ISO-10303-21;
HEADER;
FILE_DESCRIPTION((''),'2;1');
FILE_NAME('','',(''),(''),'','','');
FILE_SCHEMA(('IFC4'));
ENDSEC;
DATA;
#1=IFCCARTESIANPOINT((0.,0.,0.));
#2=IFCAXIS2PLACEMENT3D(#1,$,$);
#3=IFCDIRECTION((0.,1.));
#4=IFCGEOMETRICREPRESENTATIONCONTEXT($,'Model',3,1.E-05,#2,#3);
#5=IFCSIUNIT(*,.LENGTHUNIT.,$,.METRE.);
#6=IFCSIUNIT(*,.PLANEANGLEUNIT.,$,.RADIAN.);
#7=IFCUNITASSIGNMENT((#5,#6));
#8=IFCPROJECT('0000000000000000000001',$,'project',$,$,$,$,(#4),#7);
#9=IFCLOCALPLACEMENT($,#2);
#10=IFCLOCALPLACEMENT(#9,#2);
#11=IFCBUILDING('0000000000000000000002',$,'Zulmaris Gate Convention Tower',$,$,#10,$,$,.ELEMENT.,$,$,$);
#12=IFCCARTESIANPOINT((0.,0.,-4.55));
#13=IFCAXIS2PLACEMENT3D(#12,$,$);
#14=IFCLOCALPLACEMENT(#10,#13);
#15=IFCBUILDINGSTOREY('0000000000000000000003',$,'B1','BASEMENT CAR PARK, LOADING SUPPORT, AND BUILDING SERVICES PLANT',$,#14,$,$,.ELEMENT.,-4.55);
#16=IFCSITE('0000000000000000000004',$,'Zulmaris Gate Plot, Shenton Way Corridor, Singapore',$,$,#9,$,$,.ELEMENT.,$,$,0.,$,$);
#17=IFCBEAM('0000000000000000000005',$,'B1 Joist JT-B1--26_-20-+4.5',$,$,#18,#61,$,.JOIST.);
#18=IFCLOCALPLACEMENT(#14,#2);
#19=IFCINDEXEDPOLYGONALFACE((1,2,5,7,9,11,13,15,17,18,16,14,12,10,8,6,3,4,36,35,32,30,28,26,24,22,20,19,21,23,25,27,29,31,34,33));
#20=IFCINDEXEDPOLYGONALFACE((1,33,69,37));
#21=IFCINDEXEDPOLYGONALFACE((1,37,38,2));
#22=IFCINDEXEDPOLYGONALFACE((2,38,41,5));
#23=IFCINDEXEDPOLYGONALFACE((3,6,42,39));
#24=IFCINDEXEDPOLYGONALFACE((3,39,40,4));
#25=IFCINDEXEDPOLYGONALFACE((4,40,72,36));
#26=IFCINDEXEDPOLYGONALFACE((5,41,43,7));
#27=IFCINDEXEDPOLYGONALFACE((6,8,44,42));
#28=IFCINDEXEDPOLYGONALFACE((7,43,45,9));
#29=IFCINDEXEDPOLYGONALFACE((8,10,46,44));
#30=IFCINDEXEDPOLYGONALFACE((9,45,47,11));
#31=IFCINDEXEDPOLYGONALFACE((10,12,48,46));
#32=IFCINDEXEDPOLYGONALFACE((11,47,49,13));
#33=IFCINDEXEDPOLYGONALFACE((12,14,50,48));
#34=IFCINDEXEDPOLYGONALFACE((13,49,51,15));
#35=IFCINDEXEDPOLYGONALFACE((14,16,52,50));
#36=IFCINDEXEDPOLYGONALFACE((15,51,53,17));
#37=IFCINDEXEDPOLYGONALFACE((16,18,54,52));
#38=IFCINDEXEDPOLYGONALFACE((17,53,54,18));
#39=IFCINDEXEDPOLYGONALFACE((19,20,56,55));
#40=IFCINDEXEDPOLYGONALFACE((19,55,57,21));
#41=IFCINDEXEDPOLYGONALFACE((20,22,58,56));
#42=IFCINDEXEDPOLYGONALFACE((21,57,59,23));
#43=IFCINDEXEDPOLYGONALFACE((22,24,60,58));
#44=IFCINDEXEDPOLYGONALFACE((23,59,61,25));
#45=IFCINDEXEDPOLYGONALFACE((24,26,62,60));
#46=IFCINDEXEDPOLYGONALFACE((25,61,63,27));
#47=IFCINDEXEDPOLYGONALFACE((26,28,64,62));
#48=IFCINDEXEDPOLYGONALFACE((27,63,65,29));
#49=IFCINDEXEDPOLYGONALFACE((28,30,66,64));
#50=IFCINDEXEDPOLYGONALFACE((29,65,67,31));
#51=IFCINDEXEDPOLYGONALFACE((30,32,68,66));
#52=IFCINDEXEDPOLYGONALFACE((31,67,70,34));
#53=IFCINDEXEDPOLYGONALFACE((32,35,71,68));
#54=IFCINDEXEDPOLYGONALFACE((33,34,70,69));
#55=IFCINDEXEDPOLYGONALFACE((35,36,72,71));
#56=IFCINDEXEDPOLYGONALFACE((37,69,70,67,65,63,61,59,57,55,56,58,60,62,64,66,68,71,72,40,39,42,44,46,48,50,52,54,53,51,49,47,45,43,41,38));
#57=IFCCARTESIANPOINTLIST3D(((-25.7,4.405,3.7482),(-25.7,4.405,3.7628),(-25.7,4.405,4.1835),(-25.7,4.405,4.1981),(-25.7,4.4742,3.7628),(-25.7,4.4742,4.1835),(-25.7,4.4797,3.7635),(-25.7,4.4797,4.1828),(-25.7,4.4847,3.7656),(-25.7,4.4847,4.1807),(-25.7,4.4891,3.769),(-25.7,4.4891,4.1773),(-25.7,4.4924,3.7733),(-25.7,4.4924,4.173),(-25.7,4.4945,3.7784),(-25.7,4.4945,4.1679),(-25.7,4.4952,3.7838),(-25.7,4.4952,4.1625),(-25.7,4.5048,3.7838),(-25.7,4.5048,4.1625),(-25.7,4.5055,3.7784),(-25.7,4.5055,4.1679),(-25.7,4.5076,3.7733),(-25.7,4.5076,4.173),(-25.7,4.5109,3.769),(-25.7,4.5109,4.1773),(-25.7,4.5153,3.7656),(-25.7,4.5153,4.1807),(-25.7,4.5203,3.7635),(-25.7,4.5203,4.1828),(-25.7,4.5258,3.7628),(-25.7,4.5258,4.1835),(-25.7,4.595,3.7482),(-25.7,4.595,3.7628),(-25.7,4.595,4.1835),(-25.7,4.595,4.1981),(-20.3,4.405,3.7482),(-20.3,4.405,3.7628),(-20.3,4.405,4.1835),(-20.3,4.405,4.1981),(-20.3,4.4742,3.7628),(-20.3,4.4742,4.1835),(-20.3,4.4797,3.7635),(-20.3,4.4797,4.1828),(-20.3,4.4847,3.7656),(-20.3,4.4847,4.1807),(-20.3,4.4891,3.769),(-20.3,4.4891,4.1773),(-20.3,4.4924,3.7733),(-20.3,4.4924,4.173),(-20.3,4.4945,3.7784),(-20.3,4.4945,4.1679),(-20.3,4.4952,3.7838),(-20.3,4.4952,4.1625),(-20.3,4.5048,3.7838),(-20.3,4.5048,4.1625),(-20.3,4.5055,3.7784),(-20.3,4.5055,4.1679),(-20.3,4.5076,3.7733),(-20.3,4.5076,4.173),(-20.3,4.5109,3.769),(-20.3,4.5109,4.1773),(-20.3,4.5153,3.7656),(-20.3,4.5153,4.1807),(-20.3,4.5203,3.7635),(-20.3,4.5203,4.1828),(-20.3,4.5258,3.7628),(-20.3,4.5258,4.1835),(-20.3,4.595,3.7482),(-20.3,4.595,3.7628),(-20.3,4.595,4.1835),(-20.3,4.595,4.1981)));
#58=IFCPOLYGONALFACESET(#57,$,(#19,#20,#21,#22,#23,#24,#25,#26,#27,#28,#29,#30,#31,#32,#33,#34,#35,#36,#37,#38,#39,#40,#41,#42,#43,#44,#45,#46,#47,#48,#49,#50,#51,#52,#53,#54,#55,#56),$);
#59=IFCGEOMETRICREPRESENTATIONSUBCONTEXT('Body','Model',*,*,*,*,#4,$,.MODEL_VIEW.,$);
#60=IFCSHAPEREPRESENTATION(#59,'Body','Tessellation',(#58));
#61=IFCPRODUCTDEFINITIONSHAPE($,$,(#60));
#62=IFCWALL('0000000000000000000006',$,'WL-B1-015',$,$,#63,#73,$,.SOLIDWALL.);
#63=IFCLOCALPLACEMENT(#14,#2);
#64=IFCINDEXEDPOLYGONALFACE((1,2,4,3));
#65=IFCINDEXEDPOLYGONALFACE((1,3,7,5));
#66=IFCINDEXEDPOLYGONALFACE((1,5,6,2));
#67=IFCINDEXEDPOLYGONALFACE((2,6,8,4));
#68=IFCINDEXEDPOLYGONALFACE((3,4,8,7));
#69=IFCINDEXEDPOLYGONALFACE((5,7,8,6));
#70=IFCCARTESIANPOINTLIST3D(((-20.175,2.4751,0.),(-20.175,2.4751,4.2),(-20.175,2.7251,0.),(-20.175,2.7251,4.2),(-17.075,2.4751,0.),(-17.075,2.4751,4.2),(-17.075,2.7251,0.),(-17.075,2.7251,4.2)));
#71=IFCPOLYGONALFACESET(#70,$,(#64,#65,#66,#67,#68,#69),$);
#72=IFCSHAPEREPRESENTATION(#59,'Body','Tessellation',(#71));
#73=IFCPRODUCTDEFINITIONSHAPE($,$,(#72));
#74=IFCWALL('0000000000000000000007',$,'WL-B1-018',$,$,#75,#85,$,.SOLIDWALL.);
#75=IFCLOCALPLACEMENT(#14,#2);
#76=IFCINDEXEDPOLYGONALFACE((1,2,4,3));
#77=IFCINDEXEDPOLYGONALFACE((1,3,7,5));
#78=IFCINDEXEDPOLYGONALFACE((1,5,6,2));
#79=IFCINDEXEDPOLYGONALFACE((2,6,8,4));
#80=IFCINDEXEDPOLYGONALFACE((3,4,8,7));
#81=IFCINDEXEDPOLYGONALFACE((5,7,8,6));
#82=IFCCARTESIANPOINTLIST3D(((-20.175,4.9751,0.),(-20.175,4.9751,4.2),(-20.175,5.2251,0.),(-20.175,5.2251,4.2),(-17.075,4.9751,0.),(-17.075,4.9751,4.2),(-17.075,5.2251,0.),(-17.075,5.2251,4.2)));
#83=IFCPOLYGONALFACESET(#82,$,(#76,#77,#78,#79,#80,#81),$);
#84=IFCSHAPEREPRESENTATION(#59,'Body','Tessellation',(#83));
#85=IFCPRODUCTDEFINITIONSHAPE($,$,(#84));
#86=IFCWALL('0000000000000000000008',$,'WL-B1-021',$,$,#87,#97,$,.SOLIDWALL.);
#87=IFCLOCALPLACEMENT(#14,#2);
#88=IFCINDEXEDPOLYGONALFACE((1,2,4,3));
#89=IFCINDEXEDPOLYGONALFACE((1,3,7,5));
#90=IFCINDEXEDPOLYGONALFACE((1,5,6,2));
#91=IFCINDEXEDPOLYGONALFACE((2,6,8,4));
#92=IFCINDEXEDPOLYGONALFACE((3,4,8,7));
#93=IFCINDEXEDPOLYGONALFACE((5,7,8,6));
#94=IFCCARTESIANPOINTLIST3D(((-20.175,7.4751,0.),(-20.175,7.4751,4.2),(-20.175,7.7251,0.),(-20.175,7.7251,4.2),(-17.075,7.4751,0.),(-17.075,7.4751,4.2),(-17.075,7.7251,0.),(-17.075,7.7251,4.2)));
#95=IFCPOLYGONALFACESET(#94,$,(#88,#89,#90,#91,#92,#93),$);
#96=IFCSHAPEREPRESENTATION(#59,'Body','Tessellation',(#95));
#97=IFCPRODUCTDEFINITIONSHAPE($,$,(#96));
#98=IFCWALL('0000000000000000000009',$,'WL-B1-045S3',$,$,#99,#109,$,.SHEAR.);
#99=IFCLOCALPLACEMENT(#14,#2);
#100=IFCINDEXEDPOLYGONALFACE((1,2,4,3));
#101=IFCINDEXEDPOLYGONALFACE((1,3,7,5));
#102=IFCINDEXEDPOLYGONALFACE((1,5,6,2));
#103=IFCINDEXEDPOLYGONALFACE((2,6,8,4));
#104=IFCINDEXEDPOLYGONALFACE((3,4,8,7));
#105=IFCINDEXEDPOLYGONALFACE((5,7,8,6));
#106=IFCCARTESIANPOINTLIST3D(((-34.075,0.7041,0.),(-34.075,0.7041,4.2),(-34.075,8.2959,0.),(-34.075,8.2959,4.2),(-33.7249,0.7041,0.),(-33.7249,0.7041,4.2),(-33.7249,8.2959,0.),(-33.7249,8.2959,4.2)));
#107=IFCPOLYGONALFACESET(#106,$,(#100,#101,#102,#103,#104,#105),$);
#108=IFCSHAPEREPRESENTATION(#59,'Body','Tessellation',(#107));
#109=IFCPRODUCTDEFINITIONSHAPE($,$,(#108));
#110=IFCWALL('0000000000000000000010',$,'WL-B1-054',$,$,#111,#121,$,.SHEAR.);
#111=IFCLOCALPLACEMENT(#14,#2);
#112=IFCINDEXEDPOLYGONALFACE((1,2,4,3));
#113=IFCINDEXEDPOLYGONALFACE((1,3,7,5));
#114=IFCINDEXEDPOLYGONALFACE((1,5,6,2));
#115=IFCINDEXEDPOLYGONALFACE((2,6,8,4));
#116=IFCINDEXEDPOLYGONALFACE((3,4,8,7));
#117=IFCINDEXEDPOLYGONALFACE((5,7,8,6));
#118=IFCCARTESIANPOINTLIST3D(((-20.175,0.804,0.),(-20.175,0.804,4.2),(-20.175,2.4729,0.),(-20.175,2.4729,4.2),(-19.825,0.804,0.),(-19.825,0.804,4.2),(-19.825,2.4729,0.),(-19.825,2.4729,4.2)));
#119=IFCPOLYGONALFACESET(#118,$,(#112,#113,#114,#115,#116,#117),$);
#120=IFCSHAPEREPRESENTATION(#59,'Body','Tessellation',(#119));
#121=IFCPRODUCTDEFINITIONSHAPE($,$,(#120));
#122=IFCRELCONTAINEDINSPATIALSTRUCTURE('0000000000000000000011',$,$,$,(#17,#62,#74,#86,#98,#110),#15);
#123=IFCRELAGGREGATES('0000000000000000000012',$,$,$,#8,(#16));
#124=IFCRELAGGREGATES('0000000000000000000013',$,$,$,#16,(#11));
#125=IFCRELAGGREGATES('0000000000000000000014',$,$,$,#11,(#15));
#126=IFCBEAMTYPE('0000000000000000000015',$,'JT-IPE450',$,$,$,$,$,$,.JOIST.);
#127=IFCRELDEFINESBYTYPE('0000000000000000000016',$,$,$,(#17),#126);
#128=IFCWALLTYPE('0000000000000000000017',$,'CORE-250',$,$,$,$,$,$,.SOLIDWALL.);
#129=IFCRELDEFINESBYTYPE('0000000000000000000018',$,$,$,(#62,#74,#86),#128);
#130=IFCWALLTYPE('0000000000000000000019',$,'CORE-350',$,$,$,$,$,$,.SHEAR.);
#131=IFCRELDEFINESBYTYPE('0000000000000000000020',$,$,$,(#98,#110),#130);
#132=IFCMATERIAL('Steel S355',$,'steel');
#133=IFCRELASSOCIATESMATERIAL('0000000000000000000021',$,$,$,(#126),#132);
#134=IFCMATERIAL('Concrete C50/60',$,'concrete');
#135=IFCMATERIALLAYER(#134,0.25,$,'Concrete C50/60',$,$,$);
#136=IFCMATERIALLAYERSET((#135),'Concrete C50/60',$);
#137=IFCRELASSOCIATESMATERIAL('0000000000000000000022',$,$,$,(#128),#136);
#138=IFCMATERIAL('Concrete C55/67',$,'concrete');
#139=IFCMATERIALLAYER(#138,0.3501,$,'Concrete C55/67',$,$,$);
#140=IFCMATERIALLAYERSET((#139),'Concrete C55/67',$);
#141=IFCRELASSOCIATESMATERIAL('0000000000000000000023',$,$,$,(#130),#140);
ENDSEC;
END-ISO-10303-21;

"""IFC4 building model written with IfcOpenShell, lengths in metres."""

from ifc_helpers import new_model, si_unit, direction, frame, frame_2d, origin, origin_2d, place, context, subcontext, project, spatial, rectangle, i_section, extrude, material, layer, layer_set, material_profile, profile_set, type_object, element, save


model = new_model("IFC4")

# Units and contexts
model_context = context("Model", 3, precision=1e-05, world=origin(), true_north=direction((0.0, 1.0)))
body_context = subcontext(model_context, "Body", "Model", "MODEL_VIEW")
ifc_project = project(units=[si_unit("LENGTHUNIT", "METRE"), si_unit("PLANEANGLEUNIT", "RADIAN")], contexts=[model_context])

# Site, building, storey
site_placement = place(None, origin())
site = spatial("IfcSite", under=ifc_project, at=site_placement, Name="Zulmaris Gate Plot, Shenton Way Corridor, Singapore", CompositionType="ELEMENT", RefElevation=0.0)
building_placement = place(site_placement, origin())
building = spatial("IfcBuilding", under=site, at=building_placement, Name="Zulmaris Gate Convention Tower", CompositionType="ELEMENT")
storey_placement = place(building_placement, frame((0.0, 0.0, -4.55)))
storey = spatial("IfcBuildingStorey", under=building, at=storey_placement, Name="B1", Description="BASEMENT CAR PARK, LOADING SUPPORT, AND BUILDING SERVICES PLANT", CompositionType="ELEMENT", Elevation=-4.55)

# Beam
ifc_material_1 = material(Name="Steel S355", Category="steel")
ifc_material_profile_1 = material_profile(ifc_material_1, i_section(OverallWidth=0.1899, OverallDepth=0.45, WebThickness=0.0095, FlangeThickness=0.0146, FilletRadius=0.021, at=origin_2d()), Name="IPE 450")
ifc_profile_set_1 = profile_set([ifc_material_profile_1], Name="Steel S355")
beam_type_1 = type_object("IfcBeamType", Name="JT-IPE450", PredefinedType="JOIST", material=ifc_profile_set_1)
beam_1_placement = place(storey_placement, frame((-25.7, 4.5, 3.9731), z_axis=(1.0, 0.0, 0.0), x_axis=(0.0, 1.0, 0.0)))
element("IfcBeam", 1, at=beam_1_placement, inside=storey, type_object=beam_type_1, Name="B1 Joist JT-B1--26_-20-+4.5", PredefinedType="JOIST", context=body_context, shape_type="SweptSolid", body=[
    extrude(i_section(OverallWidth=0.1899, OverallDepth=0.45, WebThickness=0.0095, FlangeThickness=0.0146, FilletRadius=0.021, at=origin_2d()), origin(), (0.0, 0.0, 1.0), 5.3999),
])

# Walls
ifc_material_2 = material(Name="Concrete C50/60", Category="concrete")
ifc_layer_1 = layer(ifc_material_2, 0.25, Name="Concrete C50/60")
ifc_layer_set_1 = layer_set([ifc_layer_1], Name="Concrete C50/60")
wall_type_1 = type_object("IfcWallType", Name="CORE-250", PredefinedType="SOLIDWALL", material=ifc_layer_set_1)
for number, where, z_axis, x_axis, name in (
    (2, (-20.175, 2.6001, 0.0), (0.0, 0.0, 1.0), (1.0, 0.0, 0.0), "WL-B1-015"),
    (3, (-20.175, 5.1001, 0.0), (0.0, 0.0, 1.0), (1.0, 0.0, 0.0), "WL-B1-018"),
    (4, (-20.175, 7.6001, 0.0), (0.0, 0.0, 1.0), (1.0, 0.0, 0.0), "WL-B1-021"),
):
    element("IfcWall", number, at=place(storey_placement, frame(where, z_axis=z_axis, x_axis=x_axis)), inside=storey, type_object=wall_type_1, Name=name, PredefinedType="SOLIDWALL", context=body_context, shape_type="SweptSolid", body=[
        extrude(rectangle(XDim=3.1001, YDim=0.25, at=frame_2d((1.55, 0.0))), origin(), (0.0, 0.0, 1.0), 4.2),
    ])
ifc_material_3 = material(Name="Concrete C55/67", Category="concrete")
ifc_layer_2 = layer(ifc_material_3, 0.3501, Name="Concrete C55/67")
ifc_layer_set_2 = layer_set([ifc_layer_2], Name="Concrete C55/67")
wall_type_2 = type_object("IfcWallType", Name="CORE-350", PredefinedType="SHEAR", material=ifc_layer_set_2)
wall_1_placement = place(storey_placement, frame((-33.8999, 0.7041, 0.0), z_axis=(0.0, 0.0, 1.0), x_axis=(0.0, 1.0, 0.0)))
element("IfcWall", 5, at=wall_1_placement, inside=storey, type_object=wall_type_2, Name="WL-B1-045S3", PredefinedType="SHEAR", context=body_context, shape_type="SweptSolid", body=[
    extrude(rectangle(XDim=7.5918, YDim=0.3501, at=frame_2d((3.7959, 0.0))), origin(), (0.0, 0.0, 1.0), 4.2),
])
wall_2_placement = place(storey_placement, frame((-20.0, 0.804, 0.0), z_axis=(0.0, 0.0, 1.0), x_axis=(0.0, 1.0, 0.0)))
element("IfcWall", 6, at=wall_2_placement, inside=storey, type_object=wall_type_2, Name="WL-B1-054", PredefinedType="SHEAR", context=body_context, shape_type="SweptSolid", body=[
    extrude(rectangle(XDim=1.6689, YDim=0.3501, at=frame_2d((0.8345, 0.0))), origin(), (0.0, 0.0, 1.0), 4.2),
])

save(model, "model.ifc")
